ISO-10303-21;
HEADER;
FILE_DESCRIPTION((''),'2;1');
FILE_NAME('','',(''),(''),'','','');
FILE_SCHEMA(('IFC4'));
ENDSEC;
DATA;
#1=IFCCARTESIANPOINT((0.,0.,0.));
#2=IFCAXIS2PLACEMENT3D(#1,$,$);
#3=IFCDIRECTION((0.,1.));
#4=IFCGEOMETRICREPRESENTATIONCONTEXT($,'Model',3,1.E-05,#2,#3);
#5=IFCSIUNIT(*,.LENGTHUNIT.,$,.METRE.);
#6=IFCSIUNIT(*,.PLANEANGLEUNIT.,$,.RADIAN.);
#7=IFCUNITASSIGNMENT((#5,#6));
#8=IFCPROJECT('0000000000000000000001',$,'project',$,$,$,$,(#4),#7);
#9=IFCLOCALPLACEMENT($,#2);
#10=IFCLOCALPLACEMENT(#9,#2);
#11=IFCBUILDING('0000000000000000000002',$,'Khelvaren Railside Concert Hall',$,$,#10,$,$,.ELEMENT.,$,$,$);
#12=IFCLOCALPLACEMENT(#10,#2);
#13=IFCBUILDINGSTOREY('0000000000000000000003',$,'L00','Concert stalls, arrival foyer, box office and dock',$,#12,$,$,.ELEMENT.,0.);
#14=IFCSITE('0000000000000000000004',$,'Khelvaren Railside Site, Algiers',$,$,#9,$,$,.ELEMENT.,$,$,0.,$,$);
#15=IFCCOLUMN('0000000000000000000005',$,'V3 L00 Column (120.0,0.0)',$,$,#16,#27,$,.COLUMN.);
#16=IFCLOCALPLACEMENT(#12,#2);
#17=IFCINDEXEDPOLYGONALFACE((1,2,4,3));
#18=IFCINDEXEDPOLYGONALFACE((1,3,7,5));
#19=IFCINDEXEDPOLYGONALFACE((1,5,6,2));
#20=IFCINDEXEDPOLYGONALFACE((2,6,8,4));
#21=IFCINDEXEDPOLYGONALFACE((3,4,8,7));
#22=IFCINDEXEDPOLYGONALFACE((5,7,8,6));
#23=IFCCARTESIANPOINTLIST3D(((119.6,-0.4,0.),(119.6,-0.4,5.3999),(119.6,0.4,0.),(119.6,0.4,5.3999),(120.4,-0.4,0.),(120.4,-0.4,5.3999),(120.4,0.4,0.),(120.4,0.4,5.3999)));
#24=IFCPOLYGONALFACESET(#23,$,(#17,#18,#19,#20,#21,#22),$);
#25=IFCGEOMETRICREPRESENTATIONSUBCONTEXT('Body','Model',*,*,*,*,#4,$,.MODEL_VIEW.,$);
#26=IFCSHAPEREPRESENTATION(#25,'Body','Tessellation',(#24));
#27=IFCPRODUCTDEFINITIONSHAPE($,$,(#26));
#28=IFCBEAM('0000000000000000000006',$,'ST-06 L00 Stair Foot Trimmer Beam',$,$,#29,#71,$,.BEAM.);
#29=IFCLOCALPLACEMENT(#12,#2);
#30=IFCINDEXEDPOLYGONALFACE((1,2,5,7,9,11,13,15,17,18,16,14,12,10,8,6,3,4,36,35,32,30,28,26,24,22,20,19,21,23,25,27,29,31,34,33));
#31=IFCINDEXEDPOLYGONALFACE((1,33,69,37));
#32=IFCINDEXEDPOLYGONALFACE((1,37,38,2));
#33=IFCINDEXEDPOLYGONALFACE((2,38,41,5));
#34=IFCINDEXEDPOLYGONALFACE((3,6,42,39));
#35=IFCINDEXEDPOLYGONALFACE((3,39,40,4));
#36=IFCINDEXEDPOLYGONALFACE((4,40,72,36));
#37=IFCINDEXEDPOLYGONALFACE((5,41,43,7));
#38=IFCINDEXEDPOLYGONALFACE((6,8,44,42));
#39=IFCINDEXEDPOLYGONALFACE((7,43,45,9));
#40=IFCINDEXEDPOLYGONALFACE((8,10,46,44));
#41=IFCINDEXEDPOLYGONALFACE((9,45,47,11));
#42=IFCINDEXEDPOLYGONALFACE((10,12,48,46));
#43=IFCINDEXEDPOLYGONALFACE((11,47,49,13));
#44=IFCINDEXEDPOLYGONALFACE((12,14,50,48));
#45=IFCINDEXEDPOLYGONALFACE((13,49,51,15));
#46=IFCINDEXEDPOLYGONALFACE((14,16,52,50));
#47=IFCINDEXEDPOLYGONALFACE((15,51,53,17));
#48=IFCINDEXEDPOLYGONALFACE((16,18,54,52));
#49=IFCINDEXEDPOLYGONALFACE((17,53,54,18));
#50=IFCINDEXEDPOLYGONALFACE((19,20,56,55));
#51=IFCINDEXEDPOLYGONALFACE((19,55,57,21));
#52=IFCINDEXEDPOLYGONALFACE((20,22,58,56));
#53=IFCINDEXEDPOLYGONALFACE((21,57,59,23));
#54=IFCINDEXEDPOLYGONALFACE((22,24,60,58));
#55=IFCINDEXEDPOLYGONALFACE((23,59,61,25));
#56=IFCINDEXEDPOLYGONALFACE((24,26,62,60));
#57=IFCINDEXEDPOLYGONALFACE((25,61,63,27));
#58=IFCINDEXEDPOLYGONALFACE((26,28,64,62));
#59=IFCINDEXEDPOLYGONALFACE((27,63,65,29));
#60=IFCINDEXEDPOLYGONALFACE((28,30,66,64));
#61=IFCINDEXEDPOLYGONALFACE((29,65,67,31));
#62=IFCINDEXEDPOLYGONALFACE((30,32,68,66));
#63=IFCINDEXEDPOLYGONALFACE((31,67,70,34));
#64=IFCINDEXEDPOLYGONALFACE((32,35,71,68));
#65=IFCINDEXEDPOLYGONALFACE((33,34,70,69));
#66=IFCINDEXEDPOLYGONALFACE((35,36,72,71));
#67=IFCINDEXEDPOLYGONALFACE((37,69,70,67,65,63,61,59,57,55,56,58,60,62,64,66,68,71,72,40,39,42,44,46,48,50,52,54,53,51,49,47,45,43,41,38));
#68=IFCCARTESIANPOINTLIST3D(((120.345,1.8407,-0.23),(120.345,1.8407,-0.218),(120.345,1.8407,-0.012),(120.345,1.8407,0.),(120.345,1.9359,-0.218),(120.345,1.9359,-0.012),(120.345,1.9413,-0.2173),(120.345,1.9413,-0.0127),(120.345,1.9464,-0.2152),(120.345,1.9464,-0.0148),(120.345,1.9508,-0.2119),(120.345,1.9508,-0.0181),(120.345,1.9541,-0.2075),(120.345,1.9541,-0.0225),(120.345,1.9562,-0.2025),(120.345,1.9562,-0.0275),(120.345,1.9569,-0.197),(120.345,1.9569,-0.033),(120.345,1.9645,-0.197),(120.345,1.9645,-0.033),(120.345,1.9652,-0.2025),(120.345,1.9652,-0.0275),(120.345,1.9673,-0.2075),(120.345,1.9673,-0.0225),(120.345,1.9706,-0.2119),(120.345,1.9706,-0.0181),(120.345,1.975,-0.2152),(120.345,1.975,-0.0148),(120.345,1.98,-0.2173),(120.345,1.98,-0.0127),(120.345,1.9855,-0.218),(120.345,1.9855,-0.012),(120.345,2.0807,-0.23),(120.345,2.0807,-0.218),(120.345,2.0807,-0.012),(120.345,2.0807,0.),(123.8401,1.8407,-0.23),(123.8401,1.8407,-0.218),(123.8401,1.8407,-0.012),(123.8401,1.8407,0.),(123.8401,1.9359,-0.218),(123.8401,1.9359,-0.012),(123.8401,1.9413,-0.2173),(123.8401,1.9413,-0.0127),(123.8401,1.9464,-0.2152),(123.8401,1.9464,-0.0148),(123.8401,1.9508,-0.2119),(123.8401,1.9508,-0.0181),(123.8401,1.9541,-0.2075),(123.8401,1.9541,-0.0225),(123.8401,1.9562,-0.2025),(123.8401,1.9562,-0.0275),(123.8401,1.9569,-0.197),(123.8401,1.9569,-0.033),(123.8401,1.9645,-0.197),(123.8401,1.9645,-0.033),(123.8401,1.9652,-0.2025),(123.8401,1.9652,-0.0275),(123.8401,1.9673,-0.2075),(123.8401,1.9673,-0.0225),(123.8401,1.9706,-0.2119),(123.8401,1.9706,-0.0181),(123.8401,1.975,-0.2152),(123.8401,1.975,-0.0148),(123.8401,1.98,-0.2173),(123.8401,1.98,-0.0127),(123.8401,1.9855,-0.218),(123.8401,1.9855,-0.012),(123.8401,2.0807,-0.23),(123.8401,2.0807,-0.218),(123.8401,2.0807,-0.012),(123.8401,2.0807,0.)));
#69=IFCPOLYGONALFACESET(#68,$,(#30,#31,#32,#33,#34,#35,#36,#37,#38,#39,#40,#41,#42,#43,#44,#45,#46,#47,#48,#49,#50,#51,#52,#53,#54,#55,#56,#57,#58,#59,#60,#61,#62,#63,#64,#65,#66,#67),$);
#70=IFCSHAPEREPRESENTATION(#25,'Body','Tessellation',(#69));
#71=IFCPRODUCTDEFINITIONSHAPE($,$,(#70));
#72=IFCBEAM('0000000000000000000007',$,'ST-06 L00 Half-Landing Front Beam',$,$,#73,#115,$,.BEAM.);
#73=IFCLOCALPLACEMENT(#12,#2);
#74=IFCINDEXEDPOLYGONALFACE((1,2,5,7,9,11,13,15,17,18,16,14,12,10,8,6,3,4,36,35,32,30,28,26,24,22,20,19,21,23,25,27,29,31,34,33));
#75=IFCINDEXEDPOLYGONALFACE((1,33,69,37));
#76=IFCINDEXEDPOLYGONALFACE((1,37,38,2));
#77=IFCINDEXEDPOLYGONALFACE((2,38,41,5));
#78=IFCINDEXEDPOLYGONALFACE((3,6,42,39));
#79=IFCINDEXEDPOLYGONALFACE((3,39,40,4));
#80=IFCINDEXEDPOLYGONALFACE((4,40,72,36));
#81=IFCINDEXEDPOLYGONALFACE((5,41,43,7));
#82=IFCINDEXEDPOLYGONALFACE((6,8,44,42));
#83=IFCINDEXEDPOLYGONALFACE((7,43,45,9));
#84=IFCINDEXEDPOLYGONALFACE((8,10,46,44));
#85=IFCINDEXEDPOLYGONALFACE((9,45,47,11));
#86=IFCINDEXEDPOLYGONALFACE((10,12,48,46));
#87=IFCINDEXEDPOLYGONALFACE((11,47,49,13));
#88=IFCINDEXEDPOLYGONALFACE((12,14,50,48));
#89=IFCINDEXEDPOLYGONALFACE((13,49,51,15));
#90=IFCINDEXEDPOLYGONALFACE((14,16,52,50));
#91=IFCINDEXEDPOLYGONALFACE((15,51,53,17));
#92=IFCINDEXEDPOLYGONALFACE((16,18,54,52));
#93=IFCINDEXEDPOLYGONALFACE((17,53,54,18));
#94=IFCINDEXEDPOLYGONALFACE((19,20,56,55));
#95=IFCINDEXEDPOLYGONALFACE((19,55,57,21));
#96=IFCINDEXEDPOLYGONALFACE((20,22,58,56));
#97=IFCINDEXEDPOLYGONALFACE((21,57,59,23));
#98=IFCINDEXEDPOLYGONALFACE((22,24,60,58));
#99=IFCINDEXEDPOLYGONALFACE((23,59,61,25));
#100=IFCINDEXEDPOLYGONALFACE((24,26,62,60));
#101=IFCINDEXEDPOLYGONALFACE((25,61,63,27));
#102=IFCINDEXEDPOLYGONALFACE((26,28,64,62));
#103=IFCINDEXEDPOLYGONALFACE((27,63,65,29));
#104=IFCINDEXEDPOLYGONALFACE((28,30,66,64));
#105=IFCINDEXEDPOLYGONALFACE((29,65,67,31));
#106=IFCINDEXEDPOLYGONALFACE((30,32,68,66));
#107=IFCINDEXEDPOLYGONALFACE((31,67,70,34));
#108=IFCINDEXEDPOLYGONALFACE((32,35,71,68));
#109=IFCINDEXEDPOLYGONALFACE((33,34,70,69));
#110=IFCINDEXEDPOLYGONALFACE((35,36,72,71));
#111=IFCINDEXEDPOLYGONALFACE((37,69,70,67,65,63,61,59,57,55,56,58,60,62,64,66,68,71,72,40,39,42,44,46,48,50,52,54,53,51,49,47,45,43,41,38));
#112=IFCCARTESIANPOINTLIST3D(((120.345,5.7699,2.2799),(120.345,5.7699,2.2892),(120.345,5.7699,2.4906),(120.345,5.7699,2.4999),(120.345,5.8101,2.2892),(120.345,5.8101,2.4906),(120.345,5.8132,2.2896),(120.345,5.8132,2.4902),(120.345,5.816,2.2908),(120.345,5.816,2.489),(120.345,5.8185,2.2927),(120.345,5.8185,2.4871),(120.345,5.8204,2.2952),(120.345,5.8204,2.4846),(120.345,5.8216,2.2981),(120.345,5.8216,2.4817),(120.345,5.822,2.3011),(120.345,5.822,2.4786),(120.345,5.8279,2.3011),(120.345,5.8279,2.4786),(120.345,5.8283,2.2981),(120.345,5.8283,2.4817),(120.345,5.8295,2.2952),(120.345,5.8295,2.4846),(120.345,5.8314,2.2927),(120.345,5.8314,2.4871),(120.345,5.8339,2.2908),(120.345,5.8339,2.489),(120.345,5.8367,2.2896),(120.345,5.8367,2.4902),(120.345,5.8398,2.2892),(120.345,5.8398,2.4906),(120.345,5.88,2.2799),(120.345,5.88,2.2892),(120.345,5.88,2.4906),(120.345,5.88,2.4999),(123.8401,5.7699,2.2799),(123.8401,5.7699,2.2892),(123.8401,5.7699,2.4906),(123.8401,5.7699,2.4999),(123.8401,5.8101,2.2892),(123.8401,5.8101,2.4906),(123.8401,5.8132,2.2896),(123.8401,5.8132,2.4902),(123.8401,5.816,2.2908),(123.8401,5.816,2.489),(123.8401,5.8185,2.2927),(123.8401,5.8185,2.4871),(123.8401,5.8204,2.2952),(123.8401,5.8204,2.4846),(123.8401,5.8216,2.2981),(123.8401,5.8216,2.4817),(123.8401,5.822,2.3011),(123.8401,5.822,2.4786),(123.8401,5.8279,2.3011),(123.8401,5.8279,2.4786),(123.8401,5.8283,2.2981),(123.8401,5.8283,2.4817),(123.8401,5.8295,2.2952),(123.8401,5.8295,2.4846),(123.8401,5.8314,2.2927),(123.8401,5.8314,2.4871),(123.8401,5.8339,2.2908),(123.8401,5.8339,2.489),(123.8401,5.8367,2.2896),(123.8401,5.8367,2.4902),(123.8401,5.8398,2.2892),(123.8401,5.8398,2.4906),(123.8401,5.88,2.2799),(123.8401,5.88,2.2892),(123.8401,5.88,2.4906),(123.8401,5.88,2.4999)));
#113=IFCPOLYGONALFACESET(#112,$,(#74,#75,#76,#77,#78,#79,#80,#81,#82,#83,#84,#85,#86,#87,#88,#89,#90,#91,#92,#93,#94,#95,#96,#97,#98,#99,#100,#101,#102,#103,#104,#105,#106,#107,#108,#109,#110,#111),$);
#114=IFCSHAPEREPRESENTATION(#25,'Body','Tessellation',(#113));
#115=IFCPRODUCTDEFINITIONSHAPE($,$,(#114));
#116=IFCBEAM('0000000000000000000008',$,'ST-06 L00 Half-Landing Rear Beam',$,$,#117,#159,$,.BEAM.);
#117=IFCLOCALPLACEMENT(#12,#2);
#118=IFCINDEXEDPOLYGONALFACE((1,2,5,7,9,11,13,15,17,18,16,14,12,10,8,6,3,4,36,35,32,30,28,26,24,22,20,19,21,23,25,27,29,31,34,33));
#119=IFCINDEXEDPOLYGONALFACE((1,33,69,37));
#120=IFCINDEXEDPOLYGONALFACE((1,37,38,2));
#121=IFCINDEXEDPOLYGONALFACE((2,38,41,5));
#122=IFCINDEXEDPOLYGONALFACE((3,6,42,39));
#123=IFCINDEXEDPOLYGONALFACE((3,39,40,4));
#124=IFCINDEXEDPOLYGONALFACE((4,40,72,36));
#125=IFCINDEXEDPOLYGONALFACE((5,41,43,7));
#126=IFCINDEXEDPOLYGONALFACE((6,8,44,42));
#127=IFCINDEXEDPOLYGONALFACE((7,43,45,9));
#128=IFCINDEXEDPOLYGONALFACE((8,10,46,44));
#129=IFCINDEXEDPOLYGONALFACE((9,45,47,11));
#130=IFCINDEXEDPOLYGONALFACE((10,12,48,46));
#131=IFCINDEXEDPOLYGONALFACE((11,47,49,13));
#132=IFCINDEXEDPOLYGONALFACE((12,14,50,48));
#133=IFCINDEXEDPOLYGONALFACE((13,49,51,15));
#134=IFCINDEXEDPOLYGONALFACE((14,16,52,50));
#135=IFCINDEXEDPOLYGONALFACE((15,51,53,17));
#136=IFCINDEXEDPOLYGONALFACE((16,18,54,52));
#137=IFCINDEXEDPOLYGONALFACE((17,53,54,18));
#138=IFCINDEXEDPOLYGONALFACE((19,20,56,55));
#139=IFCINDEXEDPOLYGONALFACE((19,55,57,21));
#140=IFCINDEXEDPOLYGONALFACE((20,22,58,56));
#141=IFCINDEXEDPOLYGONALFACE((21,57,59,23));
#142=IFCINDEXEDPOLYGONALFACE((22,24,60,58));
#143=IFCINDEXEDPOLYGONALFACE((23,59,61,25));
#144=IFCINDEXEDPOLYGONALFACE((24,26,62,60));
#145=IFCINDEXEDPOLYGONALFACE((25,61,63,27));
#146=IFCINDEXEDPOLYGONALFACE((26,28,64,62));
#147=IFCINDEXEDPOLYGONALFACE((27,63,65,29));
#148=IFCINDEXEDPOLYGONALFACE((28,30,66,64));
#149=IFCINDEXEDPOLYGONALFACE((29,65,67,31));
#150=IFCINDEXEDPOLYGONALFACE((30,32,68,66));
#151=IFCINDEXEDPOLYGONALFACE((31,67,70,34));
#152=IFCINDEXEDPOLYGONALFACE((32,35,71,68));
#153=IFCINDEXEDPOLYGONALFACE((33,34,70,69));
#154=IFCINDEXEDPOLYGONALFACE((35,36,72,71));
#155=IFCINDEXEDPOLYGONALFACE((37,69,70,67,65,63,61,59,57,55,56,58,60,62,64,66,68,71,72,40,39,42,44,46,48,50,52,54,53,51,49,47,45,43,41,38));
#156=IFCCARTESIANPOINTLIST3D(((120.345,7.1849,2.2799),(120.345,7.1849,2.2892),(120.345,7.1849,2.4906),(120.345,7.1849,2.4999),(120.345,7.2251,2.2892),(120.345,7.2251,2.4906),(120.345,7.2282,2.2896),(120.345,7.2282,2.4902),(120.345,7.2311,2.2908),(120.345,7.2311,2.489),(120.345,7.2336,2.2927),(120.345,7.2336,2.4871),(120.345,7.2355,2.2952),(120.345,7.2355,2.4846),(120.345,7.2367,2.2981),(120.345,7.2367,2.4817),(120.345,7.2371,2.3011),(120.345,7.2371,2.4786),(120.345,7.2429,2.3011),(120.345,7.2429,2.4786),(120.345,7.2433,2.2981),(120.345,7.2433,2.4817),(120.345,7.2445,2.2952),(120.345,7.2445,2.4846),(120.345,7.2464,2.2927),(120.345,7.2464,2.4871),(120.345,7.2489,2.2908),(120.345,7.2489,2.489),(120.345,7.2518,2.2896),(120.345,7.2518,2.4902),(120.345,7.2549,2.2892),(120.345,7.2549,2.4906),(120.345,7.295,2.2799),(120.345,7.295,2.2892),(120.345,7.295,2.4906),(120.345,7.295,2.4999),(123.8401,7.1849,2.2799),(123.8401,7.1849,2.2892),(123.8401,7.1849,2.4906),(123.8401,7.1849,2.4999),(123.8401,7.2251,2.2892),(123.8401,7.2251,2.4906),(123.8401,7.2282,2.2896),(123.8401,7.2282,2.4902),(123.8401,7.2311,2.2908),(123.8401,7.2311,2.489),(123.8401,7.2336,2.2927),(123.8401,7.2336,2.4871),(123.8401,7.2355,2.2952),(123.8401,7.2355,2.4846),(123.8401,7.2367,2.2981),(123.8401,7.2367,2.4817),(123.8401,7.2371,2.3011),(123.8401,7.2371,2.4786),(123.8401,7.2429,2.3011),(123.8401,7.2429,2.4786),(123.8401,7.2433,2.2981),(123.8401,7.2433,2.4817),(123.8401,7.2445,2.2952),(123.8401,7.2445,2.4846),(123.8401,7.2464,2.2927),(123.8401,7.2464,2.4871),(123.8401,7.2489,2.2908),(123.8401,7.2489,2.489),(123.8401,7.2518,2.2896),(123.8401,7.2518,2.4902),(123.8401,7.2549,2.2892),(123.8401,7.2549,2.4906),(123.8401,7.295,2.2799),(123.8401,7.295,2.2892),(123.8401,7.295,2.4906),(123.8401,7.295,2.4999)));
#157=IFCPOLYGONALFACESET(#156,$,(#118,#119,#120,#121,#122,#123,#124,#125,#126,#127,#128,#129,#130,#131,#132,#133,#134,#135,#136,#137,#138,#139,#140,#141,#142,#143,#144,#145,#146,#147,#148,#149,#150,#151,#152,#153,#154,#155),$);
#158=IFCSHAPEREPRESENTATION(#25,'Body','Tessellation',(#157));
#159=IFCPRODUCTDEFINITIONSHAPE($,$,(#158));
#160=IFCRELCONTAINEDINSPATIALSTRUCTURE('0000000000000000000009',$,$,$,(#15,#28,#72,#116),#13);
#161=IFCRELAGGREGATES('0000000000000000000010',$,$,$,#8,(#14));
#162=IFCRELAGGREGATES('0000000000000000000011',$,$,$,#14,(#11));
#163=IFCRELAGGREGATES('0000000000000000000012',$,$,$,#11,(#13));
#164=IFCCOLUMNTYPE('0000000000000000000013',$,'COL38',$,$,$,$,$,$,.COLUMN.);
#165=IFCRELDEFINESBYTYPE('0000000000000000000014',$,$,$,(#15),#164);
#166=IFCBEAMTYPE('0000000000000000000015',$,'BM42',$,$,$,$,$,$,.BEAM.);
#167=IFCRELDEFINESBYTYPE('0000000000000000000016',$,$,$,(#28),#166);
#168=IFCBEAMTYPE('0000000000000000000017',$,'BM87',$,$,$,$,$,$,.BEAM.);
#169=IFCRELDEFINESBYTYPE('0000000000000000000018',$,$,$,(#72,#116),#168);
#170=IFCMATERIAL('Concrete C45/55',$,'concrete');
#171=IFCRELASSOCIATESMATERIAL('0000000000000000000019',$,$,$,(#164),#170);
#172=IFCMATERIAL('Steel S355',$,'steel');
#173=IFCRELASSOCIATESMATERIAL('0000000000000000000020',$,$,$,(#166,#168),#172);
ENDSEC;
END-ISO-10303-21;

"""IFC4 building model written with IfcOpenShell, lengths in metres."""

from ifc_helpers import new_model, si_unit, direction, frame, origin, origin_2d, place, context, subcontext, project, spatial, rectangle, i_section, extrude, material, material_profile, profile_set, type_object, element, save


model = new_model("IFC4")

# Units and contexts
model_context = context("Model", 3, precision=1e-05, world=origin(), true_north=direction((0.0, 1.0)))
body_context = subcontext(model_context, "Body", "Model", "MODEL_VIEW")
ifc_project = project(units=[si_unit("LENGTHUNIT", "METRE"), si_unit("PLANEANGLEUNIT", "RADIAN")], contexts=[model_context])

# Site, building, storey
site_placement = place(None, origin())
site = spatial("IfcSite", under=ifc_project, at=site_placement, Name="Khelvaren Railside Site, Algiers", CompositionType="ELEMENT", RefElevation=0.0)
building_placement = place(site_placement, origin())
building = spatial("IfcBuilding", under=site, at=building_placement, Name="Khelvaren Railside Concert Hall", CompositionType="ELEMENT")
storey_placement = place(building_placement, origin())
storey = spatial("IfcBuildingStorey", under=building, at=storey_placement, Name="L00", Description="Concert stalls, arrival foyer, box office and dock", CompositionType="ELEMENT", Elevation=0.0)

# Column
ifc_material_1 = material(Name="Concrete C45/55", Category="concrete")
ifc_material_profile_1 = material_profile(ifc_material_1, rectangle(XDim=0.8, YDim=0.8, at=origin_2d()), Name="RC 800x800")
ifc_profile_set_1 = profile_set([ifc_material_profile_1], Name="Concrete C45/55")
column_type = type_object("IfcColumnType", Name="COL38", PredefinedType="COLUMN", material=ifc_profile_set_1)
column_placement = place(storey_placement, frame((120.0, 0.0, 0.0), z_axis=(0.0, 0.0, 1.0), x_axis=(1.0, 0.0, 0.0)))
element("IfcColumn", 1, at=column_placement, inside=storey, type_object=column_type, Name="V3 L00 Column (120.0,0.0)", PredefinedType="COLUMN", context=body_context, shape_type="SweptSolid", body=[
    extrude(rectangle(XDim=0.8, YDim=0.8, at=origin_2d()), origin(), (0.0, 0.0, 1.0), 5.3999),
])

# Beams
ifc_material_2 = material(Name="Steel S355", Category="steel")
ifc_material_profile_2 = material_profile(ifc_material_2, i_section(OverallWidth=0.24, OverallDepth=0.23, WebThickness=0.0076, FlangeThickness=0.012, FilletRadius=0.021, at=origin_2d()), Name="HEA 240")
ifc_profile_set_2 = profile_set([ifc_material_profile_2], Name="Steel S355")
beam_type_1 = type_object("IfcBeamType", Name="BM42", PredefinedType="BEAM", material=ifc_profile_set_2)
beam_1_placement = place(storey_placement, frame((120.345, 1.9607, -0.115), z_axis=(1.0, 0.0, 0.0), x_axis=(0.0, 1.0, 0.0)))
element("IfcBeam", 2, at=beam_1_placement, inside=storey, type_object=beam_type_1, Name="ST-06 L00 Stair Foot Trimmer Beam", PredefinedType="BEAM", context=body_context, shape_type="SweptSolid", body=[
    extrude(i_section(OverallWidth=0.24, OverallDepth=0.23, WebThickness=0.0076, FlangeThickness=0.012, FilletRadius=0.021, at=origin_2d()), origin(), (0.0, 0.0, 1.0), 3.4951),
])
ifc_material_profile_3 = material_profile(ifc_material_2, i_section(OverallWidth=0.1101, OverallDepth=0.22, WebThickness=0.0059, FlangeThickness=0.0093, FilletRadius=0.012, at=origin_2d()), Name="IPE 220")
ifc_profile_set_3 = profile_set([ifc_material_profile_3], Name="Steel S355")
beam_type_2 = type_object("IfcBeamType", Name="BM87", PredefinedType="BEAM", material=ifc_profile_set_3)
for number, where, z_axis, x_axis, name in (
    (3, (120.345, 5.825, 2.3899), (1.0, 0.0, 0.0), (0.0, 1.0, 0.0), "ST-06 L00 Half-Landing Front Beam"),
    (4, (120.345, 7.24, 2.3899), (1.0, 0.0, 0.0), (0.0, 1.0, 0.0), "ST-06 L00 Half-Landing Rear Beam"),
):
    element("IfcBeam", number, at=place(storey_placement, frame(where, z_axis=z_axis, x_axis=x_axis)), inside=storey, type_object=beam_type_2, Name=name, PredefinedType="BEAM", context=body_context, shape_type="SweptSolid", body=[
        extrude(i_section(OverallWidth=0.1101, OverallDepth=0.22, WebThickness=0.0059, FlangeThickness=0.0093, FilletRadius=0.012, at=origin_2d()), origin(), (0.0, 0.0, 1.0), 3.4951),
    ])

save(model, "model.ifc")
